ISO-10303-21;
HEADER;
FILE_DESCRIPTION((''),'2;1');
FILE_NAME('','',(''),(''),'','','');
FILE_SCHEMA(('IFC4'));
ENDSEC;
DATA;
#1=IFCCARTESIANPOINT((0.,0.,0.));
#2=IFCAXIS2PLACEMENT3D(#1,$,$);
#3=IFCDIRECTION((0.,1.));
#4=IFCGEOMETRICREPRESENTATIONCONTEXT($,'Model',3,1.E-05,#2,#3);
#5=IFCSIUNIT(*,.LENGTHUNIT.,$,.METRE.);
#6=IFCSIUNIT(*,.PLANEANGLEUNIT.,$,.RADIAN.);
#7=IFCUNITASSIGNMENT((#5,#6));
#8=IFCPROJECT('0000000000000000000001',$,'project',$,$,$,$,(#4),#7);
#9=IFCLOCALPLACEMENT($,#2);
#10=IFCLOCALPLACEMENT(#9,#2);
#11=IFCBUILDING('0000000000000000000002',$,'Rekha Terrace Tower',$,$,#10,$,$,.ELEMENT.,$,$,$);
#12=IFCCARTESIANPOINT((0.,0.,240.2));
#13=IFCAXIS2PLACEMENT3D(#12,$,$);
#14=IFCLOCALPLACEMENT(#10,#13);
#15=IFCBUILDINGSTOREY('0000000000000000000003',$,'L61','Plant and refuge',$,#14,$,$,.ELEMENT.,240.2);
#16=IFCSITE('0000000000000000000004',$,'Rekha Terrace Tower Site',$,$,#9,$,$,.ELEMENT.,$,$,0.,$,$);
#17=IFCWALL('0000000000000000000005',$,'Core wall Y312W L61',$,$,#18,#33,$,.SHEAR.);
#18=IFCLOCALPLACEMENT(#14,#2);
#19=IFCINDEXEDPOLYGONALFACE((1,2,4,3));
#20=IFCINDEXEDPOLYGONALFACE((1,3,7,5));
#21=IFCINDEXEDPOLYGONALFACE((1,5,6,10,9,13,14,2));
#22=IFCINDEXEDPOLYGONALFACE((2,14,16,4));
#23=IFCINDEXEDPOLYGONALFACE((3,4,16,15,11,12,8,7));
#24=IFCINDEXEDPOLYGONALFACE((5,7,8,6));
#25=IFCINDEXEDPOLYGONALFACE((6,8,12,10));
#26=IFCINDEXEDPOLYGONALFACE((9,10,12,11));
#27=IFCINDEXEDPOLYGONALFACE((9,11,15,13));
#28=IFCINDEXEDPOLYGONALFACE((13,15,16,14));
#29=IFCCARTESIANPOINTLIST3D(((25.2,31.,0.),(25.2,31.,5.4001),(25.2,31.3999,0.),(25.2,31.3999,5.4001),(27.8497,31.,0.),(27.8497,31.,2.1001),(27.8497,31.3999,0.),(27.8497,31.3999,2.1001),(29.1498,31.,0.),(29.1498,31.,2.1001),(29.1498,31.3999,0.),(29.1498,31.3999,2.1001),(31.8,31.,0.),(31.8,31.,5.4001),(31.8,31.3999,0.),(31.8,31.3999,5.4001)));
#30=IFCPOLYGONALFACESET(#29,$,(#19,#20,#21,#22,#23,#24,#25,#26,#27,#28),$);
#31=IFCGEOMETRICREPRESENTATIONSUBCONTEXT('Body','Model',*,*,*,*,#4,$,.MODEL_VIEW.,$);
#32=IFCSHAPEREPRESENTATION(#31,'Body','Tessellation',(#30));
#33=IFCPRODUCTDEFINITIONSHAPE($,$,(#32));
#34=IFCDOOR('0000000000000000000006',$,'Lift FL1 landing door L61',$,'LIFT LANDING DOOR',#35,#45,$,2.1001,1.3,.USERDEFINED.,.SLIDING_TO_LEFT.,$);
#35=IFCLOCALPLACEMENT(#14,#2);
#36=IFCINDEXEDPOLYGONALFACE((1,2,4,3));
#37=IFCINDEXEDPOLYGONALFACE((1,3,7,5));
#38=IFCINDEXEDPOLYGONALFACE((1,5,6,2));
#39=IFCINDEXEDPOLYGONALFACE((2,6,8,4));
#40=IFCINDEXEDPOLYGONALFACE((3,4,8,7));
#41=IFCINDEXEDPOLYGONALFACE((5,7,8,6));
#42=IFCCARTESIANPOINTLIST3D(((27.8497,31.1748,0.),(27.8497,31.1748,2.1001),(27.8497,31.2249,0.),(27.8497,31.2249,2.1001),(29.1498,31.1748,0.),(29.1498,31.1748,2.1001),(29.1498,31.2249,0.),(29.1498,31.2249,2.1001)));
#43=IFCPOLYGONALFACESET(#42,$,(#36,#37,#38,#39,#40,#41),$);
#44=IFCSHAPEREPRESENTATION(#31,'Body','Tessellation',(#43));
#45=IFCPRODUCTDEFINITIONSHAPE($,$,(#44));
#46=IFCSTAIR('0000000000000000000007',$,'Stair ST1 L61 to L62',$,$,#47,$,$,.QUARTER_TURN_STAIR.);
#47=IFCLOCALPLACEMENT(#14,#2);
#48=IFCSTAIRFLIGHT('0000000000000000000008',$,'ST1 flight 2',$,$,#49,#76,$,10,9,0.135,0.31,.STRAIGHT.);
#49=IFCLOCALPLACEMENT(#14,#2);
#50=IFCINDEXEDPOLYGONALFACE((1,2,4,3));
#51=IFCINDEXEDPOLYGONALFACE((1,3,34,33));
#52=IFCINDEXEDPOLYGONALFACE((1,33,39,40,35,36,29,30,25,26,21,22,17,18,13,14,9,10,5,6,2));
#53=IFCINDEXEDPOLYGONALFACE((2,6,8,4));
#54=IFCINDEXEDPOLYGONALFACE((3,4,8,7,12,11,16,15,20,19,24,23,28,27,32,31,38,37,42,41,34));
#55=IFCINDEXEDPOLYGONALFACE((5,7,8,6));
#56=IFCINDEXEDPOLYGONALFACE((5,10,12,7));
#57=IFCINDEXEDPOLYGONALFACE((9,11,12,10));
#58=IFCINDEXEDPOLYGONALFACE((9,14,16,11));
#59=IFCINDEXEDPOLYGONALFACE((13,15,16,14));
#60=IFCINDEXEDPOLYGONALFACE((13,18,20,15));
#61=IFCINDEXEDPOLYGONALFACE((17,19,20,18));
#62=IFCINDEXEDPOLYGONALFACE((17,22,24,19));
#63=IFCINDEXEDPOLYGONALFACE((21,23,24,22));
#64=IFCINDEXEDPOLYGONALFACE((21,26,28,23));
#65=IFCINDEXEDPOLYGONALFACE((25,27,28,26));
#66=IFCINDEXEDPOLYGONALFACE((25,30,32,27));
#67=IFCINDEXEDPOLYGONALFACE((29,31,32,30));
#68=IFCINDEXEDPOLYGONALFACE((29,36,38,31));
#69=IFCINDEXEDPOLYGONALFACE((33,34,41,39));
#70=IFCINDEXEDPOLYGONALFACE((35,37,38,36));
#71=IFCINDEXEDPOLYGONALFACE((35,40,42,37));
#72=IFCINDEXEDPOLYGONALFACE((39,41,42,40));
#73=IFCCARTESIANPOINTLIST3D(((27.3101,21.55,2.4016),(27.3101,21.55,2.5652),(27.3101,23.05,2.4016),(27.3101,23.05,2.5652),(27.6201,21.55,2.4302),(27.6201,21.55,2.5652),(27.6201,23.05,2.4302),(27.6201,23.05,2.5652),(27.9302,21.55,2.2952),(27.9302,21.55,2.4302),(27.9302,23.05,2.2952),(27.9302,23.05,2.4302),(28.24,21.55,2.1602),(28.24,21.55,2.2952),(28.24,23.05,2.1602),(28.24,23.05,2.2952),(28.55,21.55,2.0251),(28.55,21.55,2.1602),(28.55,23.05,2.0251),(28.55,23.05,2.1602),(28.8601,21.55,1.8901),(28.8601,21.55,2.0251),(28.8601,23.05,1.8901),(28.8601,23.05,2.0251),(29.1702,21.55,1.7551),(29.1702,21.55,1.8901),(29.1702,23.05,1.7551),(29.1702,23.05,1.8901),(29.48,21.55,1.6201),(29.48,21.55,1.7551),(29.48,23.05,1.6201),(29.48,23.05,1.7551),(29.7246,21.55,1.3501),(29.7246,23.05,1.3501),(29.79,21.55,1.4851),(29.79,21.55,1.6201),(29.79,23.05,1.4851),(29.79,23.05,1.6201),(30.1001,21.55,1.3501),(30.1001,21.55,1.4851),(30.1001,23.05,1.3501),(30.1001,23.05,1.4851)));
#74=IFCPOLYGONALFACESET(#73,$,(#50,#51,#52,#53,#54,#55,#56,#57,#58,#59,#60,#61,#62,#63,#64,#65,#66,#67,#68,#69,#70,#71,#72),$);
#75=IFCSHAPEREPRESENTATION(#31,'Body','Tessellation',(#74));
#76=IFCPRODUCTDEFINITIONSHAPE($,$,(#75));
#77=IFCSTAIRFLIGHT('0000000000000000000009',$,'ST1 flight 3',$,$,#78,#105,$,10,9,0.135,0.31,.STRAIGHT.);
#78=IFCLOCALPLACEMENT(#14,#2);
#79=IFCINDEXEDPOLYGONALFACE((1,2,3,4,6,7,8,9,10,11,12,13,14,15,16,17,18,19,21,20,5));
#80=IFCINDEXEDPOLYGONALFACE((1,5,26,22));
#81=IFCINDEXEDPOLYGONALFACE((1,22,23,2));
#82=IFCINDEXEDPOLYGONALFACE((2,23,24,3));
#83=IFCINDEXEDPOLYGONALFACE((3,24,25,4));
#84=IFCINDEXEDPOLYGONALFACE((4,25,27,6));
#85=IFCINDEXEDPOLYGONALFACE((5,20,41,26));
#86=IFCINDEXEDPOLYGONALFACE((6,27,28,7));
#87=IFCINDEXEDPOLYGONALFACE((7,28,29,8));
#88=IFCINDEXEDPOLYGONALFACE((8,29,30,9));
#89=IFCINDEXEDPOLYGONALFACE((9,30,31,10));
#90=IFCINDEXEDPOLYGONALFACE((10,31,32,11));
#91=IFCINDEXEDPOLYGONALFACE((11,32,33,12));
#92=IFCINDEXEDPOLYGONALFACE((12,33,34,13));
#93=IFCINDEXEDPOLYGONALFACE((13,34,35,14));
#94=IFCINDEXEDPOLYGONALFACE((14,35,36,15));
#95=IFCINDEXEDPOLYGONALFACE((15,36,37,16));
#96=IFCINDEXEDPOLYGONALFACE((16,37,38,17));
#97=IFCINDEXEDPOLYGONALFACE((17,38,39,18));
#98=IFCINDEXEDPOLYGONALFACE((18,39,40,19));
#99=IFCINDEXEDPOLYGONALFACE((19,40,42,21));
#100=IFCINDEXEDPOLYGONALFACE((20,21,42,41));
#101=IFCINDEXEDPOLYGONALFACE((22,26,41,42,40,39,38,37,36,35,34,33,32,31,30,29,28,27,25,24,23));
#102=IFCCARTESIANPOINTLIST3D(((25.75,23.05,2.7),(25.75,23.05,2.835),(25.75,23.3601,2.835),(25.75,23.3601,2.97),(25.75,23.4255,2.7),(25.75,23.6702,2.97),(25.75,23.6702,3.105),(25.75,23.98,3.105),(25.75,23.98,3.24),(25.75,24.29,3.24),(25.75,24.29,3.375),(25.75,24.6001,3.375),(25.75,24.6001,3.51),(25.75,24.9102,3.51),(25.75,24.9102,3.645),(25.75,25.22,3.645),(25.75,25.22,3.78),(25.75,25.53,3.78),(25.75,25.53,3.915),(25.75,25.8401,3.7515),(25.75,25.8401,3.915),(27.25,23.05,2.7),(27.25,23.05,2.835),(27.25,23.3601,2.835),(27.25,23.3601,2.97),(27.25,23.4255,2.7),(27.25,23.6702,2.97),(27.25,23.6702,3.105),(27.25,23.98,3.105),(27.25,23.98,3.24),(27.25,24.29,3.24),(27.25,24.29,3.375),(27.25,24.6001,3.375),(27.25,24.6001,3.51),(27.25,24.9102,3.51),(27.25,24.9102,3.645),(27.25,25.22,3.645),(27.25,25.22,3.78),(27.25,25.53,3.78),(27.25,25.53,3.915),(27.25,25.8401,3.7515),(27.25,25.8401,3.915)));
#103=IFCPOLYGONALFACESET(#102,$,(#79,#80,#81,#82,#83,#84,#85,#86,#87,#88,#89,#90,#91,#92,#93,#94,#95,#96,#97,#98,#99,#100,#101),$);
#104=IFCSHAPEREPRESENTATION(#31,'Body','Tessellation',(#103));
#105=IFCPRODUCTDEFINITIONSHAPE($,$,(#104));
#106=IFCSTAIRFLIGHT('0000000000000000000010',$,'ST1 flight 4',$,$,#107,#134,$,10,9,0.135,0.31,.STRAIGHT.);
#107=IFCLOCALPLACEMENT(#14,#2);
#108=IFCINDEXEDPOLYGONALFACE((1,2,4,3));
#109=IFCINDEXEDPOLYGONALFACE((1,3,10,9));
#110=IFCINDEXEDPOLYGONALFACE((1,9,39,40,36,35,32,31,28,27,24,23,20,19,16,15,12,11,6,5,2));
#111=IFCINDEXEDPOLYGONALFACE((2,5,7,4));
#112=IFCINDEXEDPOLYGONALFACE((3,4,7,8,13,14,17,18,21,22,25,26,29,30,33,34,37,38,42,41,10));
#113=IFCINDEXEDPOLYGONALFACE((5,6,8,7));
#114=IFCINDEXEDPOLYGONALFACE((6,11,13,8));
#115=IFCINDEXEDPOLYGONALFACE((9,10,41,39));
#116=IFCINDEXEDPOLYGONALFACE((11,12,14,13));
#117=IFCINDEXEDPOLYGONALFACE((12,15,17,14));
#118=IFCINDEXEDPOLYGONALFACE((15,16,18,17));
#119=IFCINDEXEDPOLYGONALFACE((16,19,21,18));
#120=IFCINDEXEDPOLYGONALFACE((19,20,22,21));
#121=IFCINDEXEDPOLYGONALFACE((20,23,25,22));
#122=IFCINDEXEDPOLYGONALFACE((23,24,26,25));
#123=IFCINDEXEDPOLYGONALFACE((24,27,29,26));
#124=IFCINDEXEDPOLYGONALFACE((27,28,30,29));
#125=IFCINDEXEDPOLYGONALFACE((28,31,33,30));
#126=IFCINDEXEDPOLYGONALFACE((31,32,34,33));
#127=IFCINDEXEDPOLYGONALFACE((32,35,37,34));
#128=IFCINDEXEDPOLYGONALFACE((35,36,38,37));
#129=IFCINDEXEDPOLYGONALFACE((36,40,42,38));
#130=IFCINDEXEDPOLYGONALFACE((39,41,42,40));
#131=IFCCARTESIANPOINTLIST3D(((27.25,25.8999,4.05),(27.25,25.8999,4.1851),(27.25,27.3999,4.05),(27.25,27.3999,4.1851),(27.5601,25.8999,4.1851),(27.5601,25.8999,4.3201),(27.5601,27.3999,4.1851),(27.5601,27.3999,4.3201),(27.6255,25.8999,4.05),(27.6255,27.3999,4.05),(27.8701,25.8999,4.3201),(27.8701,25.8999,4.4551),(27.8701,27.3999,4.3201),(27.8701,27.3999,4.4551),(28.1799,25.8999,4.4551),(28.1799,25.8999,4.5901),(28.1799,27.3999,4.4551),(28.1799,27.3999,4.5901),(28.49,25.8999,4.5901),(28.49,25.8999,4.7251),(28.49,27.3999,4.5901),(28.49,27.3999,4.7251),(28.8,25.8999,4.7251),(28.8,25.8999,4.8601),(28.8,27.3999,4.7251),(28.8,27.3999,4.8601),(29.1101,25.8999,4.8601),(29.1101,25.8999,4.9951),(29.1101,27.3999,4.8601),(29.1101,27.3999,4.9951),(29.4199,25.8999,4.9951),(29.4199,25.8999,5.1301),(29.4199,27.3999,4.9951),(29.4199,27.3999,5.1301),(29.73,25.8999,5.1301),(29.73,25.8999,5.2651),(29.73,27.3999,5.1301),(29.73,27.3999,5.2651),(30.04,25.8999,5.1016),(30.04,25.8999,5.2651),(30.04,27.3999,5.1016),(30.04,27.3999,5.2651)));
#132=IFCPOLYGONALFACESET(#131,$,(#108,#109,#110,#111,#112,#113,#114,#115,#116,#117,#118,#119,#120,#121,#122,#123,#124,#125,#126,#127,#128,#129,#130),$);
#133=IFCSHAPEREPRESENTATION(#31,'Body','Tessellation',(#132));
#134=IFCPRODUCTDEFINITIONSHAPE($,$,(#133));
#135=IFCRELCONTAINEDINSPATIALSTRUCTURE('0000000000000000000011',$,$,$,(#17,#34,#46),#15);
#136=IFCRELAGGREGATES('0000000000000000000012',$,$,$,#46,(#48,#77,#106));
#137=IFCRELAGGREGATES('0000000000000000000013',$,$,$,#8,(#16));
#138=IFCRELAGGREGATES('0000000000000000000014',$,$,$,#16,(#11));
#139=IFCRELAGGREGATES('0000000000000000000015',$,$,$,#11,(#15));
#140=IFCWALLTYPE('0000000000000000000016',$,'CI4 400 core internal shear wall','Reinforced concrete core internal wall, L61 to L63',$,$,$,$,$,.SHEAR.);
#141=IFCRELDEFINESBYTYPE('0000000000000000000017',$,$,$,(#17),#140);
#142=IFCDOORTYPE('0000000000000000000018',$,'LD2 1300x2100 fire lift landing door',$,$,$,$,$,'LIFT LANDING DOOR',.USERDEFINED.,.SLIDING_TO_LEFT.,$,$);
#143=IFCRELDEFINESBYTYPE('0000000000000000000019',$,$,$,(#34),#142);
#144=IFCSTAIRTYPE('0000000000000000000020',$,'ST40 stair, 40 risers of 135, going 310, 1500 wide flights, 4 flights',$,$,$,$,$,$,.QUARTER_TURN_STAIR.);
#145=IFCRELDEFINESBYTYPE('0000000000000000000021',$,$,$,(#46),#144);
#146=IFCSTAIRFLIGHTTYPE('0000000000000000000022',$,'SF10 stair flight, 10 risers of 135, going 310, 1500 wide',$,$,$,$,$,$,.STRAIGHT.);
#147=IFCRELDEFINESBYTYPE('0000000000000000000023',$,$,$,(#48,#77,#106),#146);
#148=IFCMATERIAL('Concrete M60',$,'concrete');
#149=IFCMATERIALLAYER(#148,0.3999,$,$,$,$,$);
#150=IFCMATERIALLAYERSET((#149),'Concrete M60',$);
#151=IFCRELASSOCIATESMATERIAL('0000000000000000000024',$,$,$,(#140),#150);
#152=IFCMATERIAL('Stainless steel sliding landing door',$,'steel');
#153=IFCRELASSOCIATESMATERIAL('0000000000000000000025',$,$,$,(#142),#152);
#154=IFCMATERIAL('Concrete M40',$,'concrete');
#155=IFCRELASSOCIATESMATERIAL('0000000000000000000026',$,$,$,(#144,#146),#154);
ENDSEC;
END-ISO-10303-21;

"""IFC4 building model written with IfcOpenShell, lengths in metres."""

from ifc_helpers import new_model, si_unit, direction, frame, frame_2d, origin, place, context, subcontext, project, spatial, polyline, rectangle, outline, extrude, material, layer, layer_set, type_object, element, fill, aggregate, save


model = new_model("IFC4")

# Units and contexts
model_context = context("Model", 3, precision=1e-05, world=origin(), true_north=direction((0.0, 1.0)))
body_context = subcontext(model_context, "Body", "Model", "MODEL_VIEW")
ifc_project = project(units=[si_unit("LENGTHUNIT", "METRE"), si_unit("PLANEANGLEUNIT", "RADIAN")], contexts=[model_context])

# Site, building, storey
site_placement = place(None, origin())
site = spatial("IfcSite", under=ifc_project, at=site_placement, Name="Rekha Terrace Tower Site", CompositionType="ELEMENT", RefElevation=0.0)
building_placement = place(site_placement, origin())
building = spatial("IfcBuilding", under=site, at=building_placement, Name="Rekha Terrace Tower", CompositionType="ELEMENT")
storey_placement = place(building_placement, frame((0.0, 0.0, 240.2)))
storey = spatial("IfcBuildingStorey", under=building, at=storey_placement, Name="L61", Description="Plant and refuge", CompositionType="ELEMENT", Elevation=240.2)

# Shared definitions
ifc_material_1 = material(Name="Concrete M60", Category="concrete")

# Wall, opening, door
ifc_layer = layer(ifc_material_1, 0.3999)
ifc_layer_set = layer_set([ifc_layer], Name="Concrete M60")
wall_type = type_object("IfcWallType", Name="CI4 400 core internal shear wall", Description="Reinforced concrete core internal wall, L61 to L63", PredefinedType="SHEAR", material=ifc_layer_set)
wall_1_placement = place(storey_placement, frame((25.2, 31.2, 0.0), z_axis=(0.0, 0.0, 1.0), x_axis=(1.0, 0.0, 0.0)))
wall_1 = element("IfcWall", 1, at=wall_1_placement, inside=storey, type_object=wall_type, Name="Core wall Y312W L61", PredefinedType="SHEAR", context=body_context, shape_type="SweptSolid", body=[
    extrude(rectangle(XDim=6.6001, YDim=0.3999, at=frame_2d((3.3, 0.0))), origin(), (0.0, 0.0, 1.0), 5.4001),
])
opening_1_placement = place(wall_1_placement, frame((2.6499, 0.0, 0.0)))
opening_1 = element("IfcOpeningElement", 2, at=opening_1_placement, cuts=wall_1, PredefinedType="OPENING", context=body_context, shape_type="SweptSolid", body=[
    extrude(rectangle(XDim=1.3, YDim=2.1001, at=frame_2d((0.6499, 1.05))), frame((0.0, 0.21, 0.0), z_axis=(0.0, -1.0, 0.0), x_axis=(1.0, 0.0, 0.0)), (0.0, 0.0, 1.0), 0.4199),
])
ifc_material_2 = material(Name="Stainless steel sliding landing door", Category="steel")
door_type_1 = type_object("IfcDoorType", Name="LD2 1300x2100 fire lift landing door", ElementType="LIFT LANDING DOOR", OperationType="SLIDING_TO_LEFT", PredefinedType="USERDEFINED", material=ifc_material_2)
door_1_placement = place(opening_1_placement, origin())
door_1 = element("IfcDoor", 3, at=door_1_placement, inside=storey, type_object=door_type_1, Name="Lift FL1 landing door L61", ObjectType="LIFT LANDING DOOR", OperationType="SLIDING_TO_LEFT", OverallHeight=2.1001, OverallWidth=1.3, PredefinedType="USERDEFINED", context=body_context, shape_type="SweptSolid", body=[
    extrude(rectangle(XDim=1.3, YDim=2.1001, at=frame_2d((0.6499, 1.05))), frame((0.0, 0.0249, 0.0), z_axis=(0.0, -1.0, 0.0), x_axis=(1.0, 0.0, 0.0)), (0.0, 0.0, 1.0), 0.05),
])
fill(opening_1, door_1)

# Stair, stair flights
ifc_material_3 = material(Name="Concrete M40", Category="concrete")
stair_type = type_object("IfcStairType", Name="ST40 stair, 40 risers of 135, going 310, 1500 wide flights, 4 flights", PredefinedType="QUARTER_TURN_STAIR", material=ifc_material_3)
stair_placement = place(storey_placement, origin())
stair = element("IfcStair", 4, at=stair_placement, inside=storey, type_object=stair_type, Name="Stair ST1 L61 to L62", PredefinedType="QUARTER_TURN_STAIR")
stair_flight_type = type_object("IfcStairFlightType", Name="SF10 stair flight, 10 risers of 135, going 310, 1500 wide", PredefinedType="STRAIGHT", material=ifc_material_3)
stair_flight_1_placement = place(storey_placement, frame((30.1001, 22.3, 1.3501), z_axis=(0.0, 0.0, 1.0), x_axis=(-1.0, 0.0, 0.0)))
stair_flight_1 = element("IfcStairFlight", 5, at=stair_flight_1_placement, type_object=stair_flight_type, Name="ST1 flight 2", NumberOfRisers=10, NumberOfTreads=9, PredefinedType="STRAIGHT", RiserHeight=0.135, TreadLength=0.31, context=body_context, shape_type="SweptSolid", body=[
    extrude(outline(polyline([(0.0, 0.0), (0.0, 0.135), (0.3101, 0.135), (0.3101, 0.27), (0.6201, 0.27), (0.6201, 0.405), (0.9299, 0.405), (0.9299, 0.54), (1.24, 0.54), (1.24, 0.675), (1.55, 0.675), (1.55, 0.8101), (1.8601, 0.8101), (1.8601, 0.9451), (2.1699, 0.9451), (2.1699, 1.0801), (2.48, 1.0801), (2.48, 1.2151), (2.79, 1.2151), (2.79, 1.3501), (2.79, 1.0515), (0.3755, 0.0), (0.0, 0.0)])), frame((0.0, 0.75, 0.0), z_axis=(0.0, -1.0, 0.0), x_axis=(1.0, 0.0, 0.0)), (0.0, 0.0, 1.0), 1.5),
])
stair_flight_2_placement = place(storey_placement, frame((26.5, 23.05, 2.7), z_axis=(0.0, 0.0, 1.0), x_axis=(0.0, 1.0, 0.0)))
stair_flight_2 = element("IfcStairFlight", 6, at=stair_flight_2_placement, type_object=stair_flight_type, Name="ST1 flight 3", NumberOfRisers=10, NumberOfTreads=9, PredefinedType="STRAIGHT", RiserHeight=0.135, TreadLength=0.31, context=body_context, shape_type="SweptSolid", body=[
    extrude(outline(polyline([(0.0, 0.0), (0.0, 0.135), (0.3101, 0.135), (0.3101, 0.27), (0.6201, 0.27), (0.6201, 0.405), (0.9299, 0.405), (0.9299, 0.54), (1.24, 0.54), (1.24, 0.675), (1.55, 0.675), (1.55, 0.8101), (1.8601, 0.8101), (1.8601, 0.9451), (2.1699, 0.9451), (2.1699, 1.0801), (2.48, 1.0801), (2.48, 1.2151), (2.79, 1.2151), (2.79, 1.3501), (2.79, 1.0515), (0.3755, 0.0), (0.0, 0.0)])), frame((0.0, 0.75, 0.0), z_axis=(0.0, -1.0, 0.0), x_axis=(1.0, 0.0, 0.0)), (0.0, 0.0, 1.0), 1.5),
])
stair_flight_3_placement = place(storey_placement, frame((27.25, 26.6499, 4.05), z_axis=(0.0, 0.0, 1.0), x_axis=(1.0, 0.0, 0.0)))
stair_flight_3 = element("IfcStairFlight", 7, at=stair_flight_3_placement, type_object=stair_flight_type, Name="ST1 flight 4", NumberOfRisers=10, NumberOfTreads=9, PredefinedType="STRAIGHT", RiserHeight=0.135, TreadLength=0.31, context=body_context, shape_type="SweptSolid", body=[
    extrude(outline(polyline([(0.0, 0.0), (0.0, 0.135), (0.3101, 0.135), (0.3101, 0.27), (0.6201, 0.27), (0.6201, 0.405), (0.9299, 0.405), (0.9299, 0.54), (1.24, 0.54), (1.24, 0.675), (1.55, 0.675), (1.55, 0.8101), (1.8601, 0.8101), (1.8601, 0.9451), (2.1699, 0.9451), (2.1699, 1.0801), (2.48, 1.0801), (2.48, 1.2151), (2.79, 1.2151), (2.79, 1.3501), (2.79, 1.0515), (0.3755, 0.0), (0.0, 0.0)])), frame((0.0, 0.75, 0.0), z_axis=(0.0, -1.0, 0.0), x_axis=(1.0, 0.0, 0.0)), (0.0, 0.0, 1.0), 1.5),
])
aggregate(stair, [stair_flight_1, stair_flight_2, stair_flight_3])

save(model, "model.ifc")
